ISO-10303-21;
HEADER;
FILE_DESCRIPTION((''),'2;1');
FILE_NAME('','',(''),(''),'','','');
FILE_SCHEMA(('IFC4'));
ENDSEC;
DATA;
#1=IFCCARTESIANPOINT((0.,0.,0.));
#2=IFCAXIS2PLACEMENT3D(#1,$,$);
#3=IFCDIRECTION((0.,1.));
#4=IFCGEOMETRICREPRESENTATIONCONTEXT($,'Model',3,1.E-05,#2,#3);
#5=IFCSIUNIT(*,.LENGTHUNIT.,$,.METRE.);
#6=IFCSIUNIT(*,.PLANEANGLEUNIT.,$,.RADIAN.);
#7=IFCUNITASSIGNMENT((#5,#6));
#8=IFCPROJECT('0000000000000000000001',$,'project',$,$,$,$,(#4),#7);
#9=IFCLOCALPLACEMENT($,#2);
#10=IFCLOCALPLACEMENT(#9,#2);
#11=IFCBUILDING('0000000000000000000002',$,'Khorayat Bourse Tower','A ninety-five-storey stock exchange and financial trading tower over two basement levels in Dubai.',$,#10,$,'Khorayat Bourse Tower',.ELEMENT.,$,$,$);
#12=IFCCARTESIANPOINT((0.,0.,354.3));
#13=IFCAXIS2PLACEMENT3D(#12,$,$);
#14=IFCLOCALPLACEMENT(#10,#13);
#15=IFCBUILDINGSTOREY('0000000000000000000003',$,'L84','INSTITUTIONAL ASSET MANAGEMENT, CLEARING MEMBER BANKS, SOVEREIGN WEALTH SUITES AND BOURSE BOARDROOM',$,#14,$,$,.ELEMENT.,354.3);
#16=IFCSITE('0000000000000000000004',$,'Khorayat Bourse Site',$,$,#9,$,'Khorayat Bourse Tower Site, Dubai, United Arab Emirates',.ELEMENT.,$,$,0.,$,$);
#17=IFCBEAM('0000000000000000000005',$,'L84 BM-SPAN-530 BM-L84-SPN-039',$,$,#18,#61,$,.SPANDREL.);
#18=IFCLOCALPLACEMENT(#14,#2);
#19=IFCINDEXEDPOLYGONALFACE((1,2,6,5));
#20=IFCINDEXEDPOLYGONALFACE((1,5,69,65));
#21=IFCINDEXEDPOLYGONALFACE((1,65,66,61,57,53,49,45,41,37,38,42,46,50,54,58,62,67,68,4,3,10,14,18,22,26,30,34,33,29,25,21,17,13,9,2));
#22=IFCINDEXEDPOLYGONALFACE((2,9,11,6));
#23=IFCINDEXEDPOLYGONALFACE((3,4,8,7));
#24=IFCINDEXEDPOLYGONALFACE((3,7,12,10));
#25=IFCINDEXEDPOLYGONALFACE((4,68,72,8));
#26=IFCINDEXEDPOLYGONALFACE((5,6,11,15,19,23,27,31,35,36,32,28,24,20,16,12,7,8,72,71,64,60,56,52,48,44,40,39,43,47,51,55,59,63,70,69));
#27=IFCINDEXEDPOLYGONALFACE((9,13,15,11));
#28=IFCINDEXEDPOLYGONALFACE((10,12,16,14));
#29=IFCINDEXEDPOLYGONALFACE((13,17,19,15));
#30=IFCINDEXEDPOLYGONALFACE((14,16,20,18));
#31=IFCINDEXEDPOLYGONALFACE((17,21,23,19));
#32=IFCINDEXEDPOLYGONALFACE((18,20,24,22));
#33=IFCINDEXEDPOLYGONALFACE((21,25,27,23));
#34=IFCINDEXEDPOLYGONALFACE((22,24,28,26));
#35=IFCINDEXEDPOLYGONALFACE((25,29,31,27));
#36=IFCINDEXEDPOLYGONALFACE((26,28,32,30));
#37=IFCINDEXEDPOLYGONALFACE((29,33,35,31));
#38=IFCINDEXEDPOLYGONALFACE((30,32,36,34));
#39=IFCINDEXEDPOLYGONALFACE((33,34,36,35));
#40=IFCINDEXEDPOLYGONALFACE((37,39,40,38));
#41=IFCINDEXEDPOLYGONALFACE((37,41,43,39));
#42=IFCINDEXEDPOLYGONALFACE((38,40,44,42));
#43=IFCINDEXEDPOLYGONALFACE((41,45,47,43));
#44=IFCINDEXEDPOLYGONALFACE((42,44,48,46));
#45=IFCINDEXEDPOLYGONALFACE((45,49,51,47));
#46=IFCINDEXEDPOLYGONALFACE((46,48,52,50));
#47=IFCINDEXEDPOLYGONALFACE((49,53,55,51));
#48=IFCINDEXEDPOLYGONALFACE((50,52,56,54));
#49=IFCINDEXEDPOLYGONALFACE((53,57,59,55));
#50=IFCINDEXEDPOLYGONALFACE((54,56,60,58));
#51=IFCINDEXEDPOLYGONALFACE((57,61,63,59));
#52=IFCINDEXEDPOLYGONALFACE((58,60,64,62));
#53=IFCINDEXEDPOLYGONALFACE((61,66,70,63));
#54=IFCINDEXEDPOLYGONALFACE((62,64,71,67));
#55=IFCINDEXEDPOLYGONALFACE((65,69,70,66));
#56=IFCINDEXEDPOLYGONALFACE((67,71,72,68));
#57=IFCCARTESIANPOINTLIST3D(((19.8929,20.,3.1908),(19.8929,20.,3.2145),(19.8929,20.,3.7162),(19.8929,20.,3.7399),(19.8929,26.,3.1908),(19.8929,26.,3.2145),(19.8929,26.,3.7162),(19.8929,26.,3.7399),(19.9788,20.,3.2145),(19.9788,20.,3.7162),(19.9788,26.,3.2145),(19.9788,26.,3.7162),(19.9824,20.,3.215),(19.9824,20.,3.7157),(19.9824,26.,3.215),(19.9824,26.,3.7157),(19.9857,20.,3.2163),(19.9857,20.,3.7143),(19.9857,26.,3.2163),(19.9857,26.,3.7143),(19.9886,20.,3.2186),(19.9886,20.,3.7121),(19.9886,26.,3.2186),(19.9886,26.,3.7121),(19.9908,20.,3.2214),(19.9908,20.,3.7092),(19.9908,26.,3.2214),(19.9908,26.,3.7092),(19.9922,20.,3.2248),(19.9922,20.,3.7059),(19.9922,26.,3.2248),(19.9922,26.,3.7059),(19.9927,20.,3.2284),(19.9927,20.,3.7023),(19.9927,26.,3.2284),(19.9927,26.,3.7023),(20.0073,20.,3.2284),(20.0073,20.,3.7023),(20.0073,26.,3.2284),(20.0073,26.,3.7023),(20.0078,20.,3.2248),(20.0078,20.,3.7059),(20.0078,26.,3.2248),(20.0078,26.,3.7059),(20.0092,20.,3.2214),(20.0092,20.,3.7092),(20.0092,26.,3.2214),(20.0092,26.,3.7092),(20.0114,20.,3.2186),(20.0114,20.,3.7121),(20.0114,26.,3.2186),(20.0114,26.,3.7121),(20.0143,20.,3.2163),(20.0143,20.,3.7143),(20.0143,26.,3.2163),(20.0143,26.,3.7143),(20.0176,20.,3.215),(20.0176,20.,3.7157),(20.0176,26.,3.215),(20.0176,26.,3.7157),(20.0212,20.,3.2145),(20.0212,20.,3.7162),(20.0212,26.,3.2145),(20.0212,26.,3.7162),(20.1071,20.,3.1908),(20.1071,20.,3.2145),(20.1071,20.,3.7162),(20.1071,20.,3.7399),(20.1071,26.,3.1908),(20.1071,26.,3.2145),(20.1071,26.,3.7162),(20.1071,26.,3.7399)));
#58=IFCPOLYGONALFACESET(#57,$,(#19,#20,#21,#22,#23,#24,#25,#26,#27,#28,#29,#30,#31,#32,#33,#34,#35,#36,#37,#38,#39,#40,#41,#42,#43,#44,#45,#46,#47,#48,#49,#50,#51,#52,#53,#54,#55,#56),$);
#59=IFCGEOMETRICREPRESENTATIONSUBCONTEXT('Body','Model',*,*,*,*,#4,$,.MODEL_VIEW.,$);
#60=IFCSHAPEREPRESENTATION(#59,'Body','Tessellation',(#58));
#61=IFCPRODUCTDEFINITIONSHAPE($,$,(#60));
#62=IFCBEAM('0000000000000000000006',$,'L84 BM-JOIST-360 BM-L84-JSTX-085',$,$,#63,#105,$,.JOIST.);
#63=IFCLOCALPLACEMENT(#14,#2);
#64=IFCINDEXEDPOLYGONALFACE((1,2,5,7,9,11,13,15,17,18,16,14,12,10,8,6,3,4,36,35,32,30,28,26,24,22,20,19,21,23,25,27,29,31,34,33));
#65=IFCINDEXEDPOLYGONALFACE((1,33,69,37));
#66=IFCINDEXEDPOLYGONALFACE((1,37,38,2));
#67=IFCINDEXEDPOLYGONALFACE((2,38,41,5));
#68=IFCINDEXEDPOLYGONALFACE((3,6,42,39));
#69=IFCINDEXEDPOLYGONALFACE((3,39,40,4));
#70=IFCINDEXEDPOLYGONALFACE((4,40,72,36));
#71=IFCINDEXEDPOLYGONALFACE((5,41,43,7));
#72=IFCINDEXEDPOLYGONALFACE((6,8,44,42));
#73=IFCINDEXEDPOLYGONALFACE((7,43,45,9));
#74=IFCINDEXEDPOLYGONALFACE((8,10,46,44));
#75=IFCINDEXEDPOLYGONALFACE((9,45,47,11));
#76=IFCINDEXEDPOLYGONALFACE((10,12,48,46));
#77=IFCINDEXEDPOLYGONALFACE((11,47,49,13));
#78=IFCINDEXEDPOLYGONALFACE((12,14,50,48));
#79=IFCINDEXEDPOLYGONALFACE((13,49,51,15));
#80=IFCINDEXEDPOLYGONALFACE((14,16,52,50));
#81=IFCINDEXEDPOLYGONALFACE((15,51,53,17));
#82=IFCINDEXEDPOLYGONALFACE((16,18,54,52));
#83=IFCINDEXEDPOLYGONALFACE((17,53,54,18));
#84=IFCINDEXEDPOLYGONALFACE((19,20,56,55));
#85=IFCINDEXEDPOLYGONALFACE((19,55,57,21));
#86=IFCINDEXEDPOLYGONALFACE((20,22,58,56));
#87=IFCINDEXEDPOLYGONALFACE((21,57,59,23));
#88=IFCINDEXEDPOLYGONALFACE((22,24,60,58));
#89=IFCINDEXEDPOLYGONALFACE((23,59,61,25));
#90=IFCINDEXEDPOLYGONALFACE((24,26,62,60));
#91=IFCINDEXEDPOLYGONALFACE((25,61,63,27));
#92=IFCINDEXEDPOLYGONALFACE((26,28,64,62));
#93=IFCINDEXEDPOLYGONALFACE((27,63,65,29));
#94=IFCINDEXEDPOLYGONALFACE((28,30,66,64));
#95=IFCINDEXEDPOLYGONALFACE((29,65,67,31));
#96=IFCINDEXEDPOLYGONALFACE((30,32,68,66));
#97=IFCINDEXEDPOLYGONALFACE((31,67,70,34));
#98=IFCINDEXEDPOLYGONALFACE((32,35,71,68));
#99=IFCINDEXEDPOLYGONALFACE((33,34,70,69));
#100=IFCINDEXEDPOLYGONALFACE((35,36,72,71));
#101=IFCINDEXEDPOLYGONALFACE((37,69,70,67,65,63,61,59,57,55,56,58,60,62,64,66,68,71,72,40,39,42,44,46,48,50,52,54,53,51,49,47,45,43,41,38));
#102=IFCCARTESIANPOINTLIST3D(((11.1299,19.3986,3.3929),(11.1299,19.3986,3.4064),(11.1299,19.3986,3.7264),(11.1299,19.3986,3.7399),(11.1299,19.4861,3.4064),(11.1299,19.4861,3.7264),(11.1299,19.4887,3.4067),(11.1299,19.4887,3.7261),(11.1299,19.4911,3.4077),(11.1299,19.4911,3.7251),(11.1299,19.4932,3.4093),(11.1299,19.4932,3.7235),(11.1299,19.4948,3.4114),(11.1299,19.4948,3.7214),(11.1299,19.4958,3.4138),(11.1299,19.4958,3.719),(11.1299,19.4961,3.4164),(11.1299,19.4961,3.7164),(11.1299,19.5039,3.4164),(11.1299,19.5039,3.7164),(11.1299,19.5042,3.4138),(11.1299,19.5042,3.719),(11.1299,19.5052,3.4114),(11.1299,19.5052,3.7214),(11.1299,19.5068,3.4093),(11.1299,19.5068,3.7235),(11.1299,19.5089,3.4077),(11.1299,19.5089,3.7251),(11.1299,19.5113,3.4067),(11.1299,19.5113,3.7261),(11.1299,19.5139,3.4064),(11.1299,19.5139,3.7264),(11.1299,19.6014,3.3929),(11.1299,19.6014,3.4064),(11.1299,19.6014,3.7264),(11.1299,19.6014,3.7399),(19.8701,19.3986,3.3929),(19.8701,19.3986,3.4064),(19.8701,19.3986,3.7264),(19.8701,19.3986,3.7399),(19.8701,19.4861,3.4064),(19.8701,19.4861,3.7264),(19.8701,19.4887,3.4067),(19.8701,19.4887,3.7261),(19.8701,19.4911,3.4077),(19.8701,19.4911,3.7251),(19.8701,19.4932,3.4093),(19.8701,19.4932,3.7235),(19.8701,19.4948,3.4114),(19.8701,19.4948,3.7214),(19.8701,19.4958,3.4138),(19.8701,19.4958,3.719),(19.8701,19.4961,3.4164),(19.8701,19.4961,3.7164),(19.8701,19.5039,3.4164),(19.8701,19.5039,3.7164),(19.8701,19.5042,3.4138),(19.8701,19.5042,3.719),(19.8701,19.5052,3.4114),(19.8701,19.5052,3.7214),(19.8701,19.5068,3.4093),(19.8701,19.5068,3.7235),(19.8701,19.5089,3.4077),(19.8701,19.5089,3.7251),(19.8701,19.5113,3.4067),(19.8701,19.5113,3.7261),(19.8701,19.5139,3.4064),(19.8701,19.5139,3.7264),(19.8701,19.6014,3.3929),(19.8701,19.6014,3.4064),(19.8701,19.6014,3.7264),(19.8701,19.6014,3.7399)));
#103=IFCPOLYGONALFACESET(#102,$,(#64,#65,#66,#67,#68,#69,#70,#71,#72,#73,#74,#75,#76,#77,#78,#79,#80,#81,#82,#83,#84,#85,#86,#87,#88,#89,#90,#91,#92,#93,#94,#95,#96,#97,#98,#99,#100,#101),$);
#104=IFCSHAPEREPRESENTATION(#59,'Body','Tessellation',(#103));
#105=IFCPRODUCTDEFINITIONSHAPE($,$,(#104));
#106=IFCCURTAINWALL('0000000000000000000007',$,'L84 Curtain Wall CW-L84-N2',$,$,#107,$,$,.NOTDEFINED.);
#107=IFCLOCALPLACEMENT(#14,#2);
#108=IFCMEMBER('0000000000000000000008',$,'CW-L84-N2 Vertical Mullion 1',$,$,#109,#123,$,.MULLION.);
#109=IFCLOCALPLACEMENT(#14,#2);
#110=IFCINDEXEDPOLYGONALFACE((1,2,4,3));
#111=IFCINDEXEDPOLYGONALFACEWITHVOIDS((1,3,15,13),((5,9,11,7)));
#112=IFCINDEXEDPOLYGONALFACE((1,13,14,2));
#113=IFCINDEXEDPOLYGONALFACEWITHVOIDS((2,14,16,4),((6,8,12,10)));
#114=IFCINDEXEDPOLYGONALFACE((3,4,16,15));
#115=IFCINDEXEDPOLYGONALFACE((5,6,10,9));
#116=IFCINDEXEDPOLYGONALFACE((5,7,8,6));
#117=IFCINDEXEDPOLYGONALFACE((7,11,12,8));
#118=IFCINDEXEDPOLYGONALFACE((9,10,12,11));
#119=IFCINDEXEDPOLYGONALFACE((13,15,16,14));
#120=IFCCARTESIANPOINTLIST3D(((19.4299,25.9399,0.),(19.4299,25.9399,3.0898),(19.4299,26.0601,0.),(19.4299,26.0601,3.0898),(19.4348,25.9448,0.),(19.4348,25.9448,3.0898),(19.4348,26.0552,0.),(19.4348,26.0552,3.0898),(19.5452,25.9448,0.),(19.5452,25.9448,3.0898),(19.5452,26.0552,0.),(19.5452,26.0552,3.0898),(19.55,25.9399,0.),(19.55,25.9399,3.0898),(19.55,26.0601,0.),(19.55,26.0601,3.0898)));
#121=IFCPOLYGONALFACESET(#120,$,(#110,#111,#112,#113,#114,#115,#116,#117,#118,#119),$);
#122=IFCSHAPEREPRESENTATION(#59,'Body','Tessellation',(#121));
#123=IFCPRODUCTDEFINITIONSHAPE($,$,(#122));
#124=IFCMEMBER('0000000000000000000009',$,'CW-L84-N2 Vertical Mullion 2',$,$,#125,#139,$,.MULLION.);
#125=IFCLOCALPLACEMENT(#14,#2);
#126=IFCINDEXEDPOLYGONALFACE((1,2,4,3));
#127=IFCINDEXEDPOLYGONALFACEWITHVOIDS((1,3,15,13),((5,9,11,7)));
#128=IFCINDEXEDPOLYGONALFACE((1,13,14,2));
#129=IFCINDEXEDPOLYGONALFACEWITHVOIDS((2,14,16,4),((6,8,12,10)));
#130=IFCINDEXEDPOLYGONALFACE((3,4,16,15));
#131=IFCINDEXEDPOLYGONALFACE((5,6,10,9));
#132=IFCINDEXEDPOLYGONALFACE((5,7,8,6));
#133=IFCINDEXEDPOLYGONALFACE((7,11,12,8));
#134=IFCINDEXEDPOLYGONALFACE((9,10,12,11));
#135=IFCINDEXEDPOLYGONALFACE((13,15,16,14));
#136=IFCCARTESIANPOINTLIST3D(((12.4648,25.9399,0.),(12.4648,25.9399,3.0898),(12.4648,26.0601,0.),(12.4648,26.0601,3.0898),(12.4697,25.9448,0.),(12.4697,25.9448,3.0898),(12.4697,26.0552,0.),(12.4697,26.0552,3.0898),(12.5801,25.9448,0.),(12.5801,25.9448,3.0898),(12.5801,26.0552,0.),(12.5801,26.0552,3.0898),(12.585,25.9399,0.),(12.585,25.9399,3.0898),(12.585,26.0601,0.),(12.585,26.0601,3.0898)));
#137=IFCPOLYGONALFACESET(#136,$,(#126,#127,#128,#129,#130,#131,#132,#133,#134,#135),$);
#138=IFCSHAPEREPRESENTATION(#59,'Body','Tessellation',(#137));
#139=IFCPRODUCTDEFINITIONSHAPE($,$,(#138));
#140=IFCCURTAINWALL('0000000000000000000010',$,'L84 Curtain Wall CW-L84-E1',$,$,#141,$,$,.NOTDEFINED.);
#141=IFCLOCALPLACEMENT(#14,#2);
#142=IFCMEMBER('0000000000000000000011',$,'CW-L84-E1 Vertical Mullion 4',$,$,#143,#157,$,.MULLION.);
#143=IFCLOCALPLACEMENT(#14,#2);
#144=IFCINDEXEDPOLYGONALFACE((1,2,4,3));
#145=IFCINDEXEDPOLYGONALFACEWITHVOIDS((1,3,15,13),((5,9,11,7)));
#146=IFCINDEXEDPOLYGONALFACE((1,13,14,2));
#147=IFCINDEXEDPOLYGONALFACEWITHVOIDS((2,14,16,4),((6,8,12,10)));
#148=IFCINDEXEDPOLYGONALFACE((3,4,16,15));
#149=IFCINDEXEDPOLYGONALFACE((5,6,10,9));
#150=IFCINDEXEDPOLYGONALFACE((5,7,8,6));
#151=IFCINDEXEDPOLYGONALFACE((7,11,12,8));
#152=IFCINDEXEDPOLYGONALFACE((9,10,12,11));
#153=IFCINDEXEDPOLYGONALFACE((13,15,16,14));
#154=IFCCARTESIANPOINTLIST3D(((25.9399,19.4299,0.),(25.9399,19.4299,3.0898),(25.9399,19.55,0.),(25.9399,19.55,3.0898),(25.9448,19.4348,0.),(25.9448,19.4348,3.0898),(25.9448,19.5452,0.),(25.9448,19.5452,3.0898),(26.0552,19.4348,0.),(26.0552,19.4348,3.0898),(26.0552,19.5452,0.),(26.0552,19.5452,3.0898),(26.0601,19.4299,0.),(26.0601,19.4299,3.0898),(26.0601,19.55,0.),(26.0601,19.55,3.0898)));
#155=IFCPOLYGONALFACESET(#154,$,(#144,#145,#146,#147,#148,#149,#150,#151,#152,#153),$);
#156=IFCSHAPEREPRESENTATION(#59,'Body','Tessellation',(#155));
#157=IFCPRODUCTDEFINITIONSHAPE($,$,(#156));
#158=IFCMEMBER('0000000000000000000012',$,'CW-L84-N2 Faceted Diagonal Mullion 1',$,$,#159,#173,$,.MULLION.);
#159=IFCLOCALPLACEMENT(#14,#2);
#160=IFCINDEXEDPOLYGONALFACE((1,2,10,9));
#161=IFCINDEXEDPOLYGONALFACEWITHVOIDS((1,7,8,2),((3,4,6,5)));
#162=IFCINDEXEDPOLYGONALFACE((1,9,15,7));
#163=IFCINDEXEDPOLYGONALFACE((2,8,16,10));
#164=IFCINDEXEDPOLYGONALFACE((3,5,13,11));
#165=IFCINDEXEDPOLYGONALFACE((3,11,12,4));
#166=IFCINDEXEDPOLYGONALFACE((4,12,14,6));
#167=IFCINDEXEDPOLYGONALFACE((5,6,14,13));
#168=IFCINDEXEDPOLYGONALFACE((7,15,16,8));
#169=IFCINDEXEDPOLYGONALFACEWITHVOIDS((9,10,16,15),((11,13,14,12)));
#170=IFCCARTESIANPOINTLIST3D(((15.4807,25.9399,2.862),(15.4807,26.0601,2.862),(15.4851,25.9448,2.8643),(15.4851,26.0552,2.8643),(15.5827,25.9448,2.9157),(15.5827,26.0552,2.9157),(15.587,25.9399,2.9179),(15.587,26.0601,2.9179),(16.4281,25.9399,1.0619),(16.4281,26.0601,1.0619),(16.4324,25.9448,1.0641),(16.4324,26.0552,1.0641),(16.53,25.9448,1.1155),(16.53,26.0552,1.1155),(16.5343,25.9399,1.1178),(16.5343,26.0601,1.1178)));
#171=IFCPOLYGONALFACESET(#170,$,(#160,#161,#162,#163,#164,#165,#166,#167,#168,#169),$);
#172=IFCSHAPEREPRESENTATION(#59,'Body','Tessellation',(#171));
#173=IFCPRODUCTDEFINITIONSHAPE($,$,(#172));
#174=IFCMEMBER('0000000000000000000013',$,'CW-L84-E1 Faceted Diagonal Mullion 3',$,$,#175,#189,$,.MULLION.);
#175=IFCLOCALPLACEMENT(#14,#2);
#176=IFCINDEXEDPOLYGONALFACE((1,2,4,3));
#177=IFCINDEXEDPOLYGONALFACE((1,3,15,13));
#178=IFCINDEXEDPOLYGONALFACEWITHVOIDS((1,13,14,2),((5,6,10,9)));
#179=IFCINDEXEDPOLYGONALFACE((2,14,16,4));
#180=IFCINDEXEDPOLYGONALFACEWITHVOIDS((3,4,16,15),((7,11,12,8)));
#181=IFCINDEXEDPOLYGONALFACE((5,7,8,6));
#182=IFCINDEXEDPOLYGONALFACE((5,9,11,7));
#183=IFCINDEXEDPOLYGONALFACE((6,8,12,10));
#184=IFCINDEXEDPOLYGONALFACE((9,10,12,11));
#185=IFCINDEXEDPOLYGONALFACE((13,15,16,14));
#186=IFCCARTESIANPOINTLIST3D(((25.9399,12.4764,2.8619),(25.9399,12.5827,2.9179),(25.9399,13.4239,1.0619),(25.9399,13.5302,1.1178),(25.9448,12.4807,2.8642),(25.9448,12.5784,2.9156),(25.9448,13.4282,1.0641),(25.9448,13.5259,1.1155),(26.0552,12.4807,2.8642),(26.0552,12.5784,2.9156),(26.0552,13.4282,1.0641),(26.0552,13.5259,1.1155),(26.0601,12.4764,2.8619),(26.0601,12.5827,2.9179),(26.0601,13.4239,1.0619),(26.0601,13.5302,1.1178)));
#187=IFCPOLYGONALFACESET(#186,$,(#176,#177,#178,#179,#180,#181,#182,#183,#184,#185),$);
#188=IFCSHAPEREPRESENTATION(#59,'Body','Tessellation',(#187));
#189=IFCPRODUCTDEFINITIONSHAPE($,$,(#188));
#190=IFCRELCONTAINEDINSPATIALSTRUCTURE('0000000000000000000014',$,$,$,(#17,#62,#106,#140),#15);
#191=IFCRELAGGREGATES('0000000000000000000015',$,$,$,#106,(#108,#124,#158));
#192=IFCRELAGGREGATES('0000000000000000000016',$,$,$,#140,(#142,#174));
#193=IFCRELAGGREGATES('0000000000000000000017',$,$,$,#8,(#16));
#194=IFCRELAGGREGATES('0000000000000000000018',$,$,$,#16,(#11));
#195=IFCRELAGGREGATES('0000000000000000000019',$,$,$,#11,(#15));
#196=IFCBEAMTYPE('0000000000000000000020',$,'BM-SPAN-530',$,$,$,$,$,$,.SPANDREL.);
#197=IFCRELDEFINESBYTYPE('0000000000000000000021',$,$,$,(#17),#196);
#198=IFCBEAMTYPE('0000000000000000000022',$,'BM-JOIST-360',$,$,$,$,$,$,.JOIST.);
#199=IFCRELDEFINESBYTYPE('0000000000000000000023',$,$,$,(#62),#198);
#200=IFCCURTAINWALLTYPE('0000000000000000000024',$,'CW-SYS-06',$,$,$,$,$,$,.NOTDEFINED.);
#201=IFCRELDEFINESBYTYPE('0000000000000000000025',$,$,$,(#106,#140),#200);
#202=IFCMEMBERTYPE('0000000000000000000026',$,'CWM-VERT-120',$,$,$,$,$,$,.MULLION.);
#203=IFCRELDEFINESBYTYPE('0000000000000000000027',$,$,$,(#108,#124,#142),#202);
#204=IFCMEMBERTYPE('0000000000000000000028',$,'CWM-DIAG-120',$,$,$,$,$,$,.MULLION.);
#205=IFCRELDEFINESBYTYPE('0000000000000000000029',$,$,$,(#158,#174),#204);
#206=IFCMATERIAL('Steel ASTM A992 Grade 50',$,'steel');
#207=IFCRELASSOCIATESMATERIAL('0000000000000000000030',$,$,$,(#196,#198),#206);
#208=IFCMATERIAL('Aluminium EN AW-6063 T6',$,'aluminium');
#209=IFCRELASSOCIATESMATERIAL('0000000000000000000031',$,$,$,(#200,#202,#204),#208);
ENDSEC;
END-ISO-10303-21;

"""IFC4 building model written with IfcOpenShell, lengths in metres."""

from ifc_helpers import new_model, si_unit, direction, frame, origin, origin_2d, place, context, subcontext, project, spatial, hollow_rectangle, i_section, extrude, source, transform, mapped, material, material_profile, profile_set, type_object, element, aggregate, save


model = new_model("IFC4")

# Units and contexts
model_context = context("Model", 3, precision=1e-05, world=origin(), true_north=direction((0.0, 1.0)))
body_context = subcontext(model_context, "Body", "Model", "MODEL_VIEW")
ifc_project = project(units=[si_unit("LENGTHUNIT", "METRE"), si_unit("PLANEANGLEUNIT", "RADIAN")], contexts=[model_context])

# Site, building, storey
site_placement = place(None, origin())
site = spatial("IfcSite", under=ifc_project, at=site_placement, Name="Khorayat Bourse Site", LongName="Khorayat Bourse Tower Site, Dubai, United Arab Emirates", CompositionType="ELEMENT", RefElevation=0.0)
building_placement = place(site_placement, origin())
building = spatial("IfcBuilding", under=site, at=building_placement, Name="Khorayat Bourse Tower", Description="A ninety-five-storey stock exchange and financial trading tower over two basement levels in Dubai.", LongName="Khorayat Bourse Tower", CompositionType="ELEMENT")
storey_placement = place(building_placement, frame((0.0, 0.0, 354.3)))
storey = spatial("IfcBuildingStorey", under=building, at=storey_placement, Name="L84", Description="INSTITUTIONAL ASSET MANAGEMENT, CLEARING MEMBER BANKS, SOVEREIGN WEALTH SUITES AND BOURSE BOARDROOM", CompositionType="ELEMENT", Elevation=354.3)

# Beams
ifc_material_1 = material(Name="Steel ASTM A992 Grade 50", Category="steel")
ifc_material_profile_1 = material_profile(ifc_material_1, i_section(OverallWidth=0.2141, OverallDepth=0.5491, WebThickness=0.0146, FlangeThickness=0.0237, FilletRadius=0.0139, at=origin_2d()), Name="W530X138")
ifc_profile_set_1 = profile_set([ifc_material_profile_1], Name="Steel ASTM A992 Grade 50")
beam_type_1 = type_object("IfcBeamType", Name="BM-SPAN-530", PredefinedType="SPANDREL", material=ifc_profile_set_1)
shared_shape_1 = source(origin(), body_context, "Body", "SweptSolid", [
    extrude(i_section(OverallWidth=0.2141, OverallDepth=0.5491, WebThickness=0.0146, FlangeThickness=0.0237, FilletRadius=0.0139, at=origin_2d()), origin(), (0.0, 0.0, 1.0), 6.0),
])
for number, where, z_axis, x_axis, name in (
    (1, (20.0, 20.0, 3.4653), (0.0, 1.0, 0.0), (-1.0, 0.0, 0.0), "L84 BM-SPAN-530 BM-L84-SPN-039"),
):
    element("IfcBeam", number, at=place(storey_placement, frame(where, z_axis=z_axis, x_axis=x_axis)), inside=storey, type_object=beam_type_1, Name=name, PredefinedType="SPANDREL", context=body_context, shape_type="MappedRepresentation", body=[
        mapped(shared_shape_1, transform((0.0, 0.0, 0.0), scale=1.0)),
    ])
ifc_material_profile_2 = material_profile(ifc_material_1, i_section(OverallWidth=0.2029, OverallDepth=0.3469, WebThickness=0.0078, FlangeThickness=0.0134, FilletRadius=0.01, at=origin_2d()), Name="W360X64")
ifc_profile_set_2 = profile_set([ifc_material_profile_2], Name="Steel ASTM A992 Grade 50")
beam_type_2 = type_object("IfcBeamType", Name="BM-JOIST-360", PredefinedType="JOIST", material=ifc_profile_set_2)
shared_shape_2 = source(origin(), body_context, "Body", "SweptSolid", [
    extrude(i_section(OverallWidth=0.2029, OverallDepth=0.3469, WebThickness=0.0078, FlangeThickness=0.0134, FilletRadius=0.01, at=origin_2d()), origin(), (0.0, 0.0, 1.0), 8.7402),
])
beam_1_placement = place(storey_placement, frame((11.1299, 19.5, 3.5664), z_axis=(1.0, 0.0, 0.0), x_axis=(0.0, 1.0, 0.0)))
element("IfcBeam", 2, at=beam_1_placement, inside=storey, type_object=beam_type_2, Name="L84 BM-JOIST-360 BM-L84-JSTX-085", PredefinedType="JOIST", context=body_context, shape_type="MappedRepresentation", body=[
    mapped(shared_shape_2, transform((0.0, 0.0, 0.0), scale=1.0)),
])

# Curtain wall, members
ifc_material_2 = material(Name="Aluminium EN AW-6063 T6", Category="aluminium")
curtain_wall_type = type_object("IfcCurtainWallType", Name="CW-SYS-06", PredefinedType="NOTDEFINED", material=ifc_material_2)
curtain_wall_1_placement = place(storey_placement, origin())
curtain_wall_1 = element("IfcCurtainWall", 3, at=curtain_wall_1_placement, inside=storey, type_object=curtain_wall_type, Name="L84 Curtain Wall CW-L84-N2", PredefinedType="NOTDEFINED")
ifc_material_profile_3 = material_profile(ifc_material_2, hollow_rectangle(XDim=0.1201, YDim=0.1201, WallThickness=0.0049, at=origin_2d()), Name="ALU 120x120x5")
ifc_profile_set_3 = profile_set([ifc_material_profile_3], Name="Aluminium EN AW-6063 T6")
member_type_1 = type_object("IfcMemberType", Name="CWM-VERT-120", PredefinedType="MULLION", material=ifc_profile_set_3)
shared_shape_3 = source(origin(), body_context, "Body", "SweptSolid", [
    extrude(hollow_rectangle(XDim=0.1201, YDim=0.1201, WallThickness=0.0049, at=origin_2d()), origin(), (0.0, 0.0, 1.0), 3.0898),
])
member_1_placement = place(storey_placement, frame((19.49, 26.0, 0.0), z_axis=(0.0, 0.0, 1.0), x_axis=(0.0, -1.0, 0.0)))
member_1 = element("IfcMember", 4, at=member_1_placement, type_object=member_type_1, Name="CW-L84-N2 Vertical Mullion 1", PredefinedType="MULLION", context=body_context, shape_type="MappedRepresentation", body=[
    mapped(shared_shape_3, transform((0.0, 0.0, 0.0), scale=1.0)),
])
member_2_placement = place(storey_placement, frame((12.5249, 26.0, 0.0), z_axis=(0.0, 0.0, 1.0), x_axis=(0.0, -1.0, 0.0)))
member_2 = element("IfcMember", 5, at=member_2_placement, type_object=member_type_1, Name="CW-L84-N2 Vertical Mullion 2", PredefinedType="MULLION", context=body_context, shape_type="MappedRepresentation", body=[
    mapped(shared_shape_3, transform((0.0, 0.0, 0.0), scale=1.0)),
])

# Curtain wall, member
curtain_wall_2_placement = place(storey_placement, origin())
curtain_wall_2 = element("IfcCurtainWall", 6, at=curtain_wall_2_placement, inside=storey, type_object=curtain_wall_type, Name="L84 Curtain Wall CW-L84-E1", PredefinedType="NOTDEFINED")
member_3_placement = place(storey_placement, frame((26.0, 19.49, 0.0), z_axis=(0.0, 0.0, 1.0), x_axis=(-1.0, 0.0, 0.0)))
member_3 = element("IfcMember", 7, at=member_3_placement, type_object=member_type_1, Name="CW-L84-E1 Vertical Mullion 4", PredefinedType="MULLION", context=body_context, shape_type="MappedRepresentation", body=[
    mapped(shared_shape_3, transform((0.0, 0.0, 0.0), scale=1.0)),
])

# Members
ifc_material_profile_4 = material_profile(ifc_material_2, hollow_rectangle(XDim=0.1201, YDim=0.1201, WallThickness=0.0049, at=origin_2d()), Name="ALU 120x120x5")
ifc_profile_set_4 = profile_set([ifc_material_profile_4], Name="Aluminium EN AW-6063 T6")
member_type_2 = type_object("IfcMemberType", Name="CWM-DIAG-120", PredefinedType="MULLION", material=ifc_profile_set_4)
shared_shape_4 = source(origin(), body_context, "Body", "SweptSolid", [
    extrude(hollow_rectangle(XDim=0.1201, YDim=0.1201, WallThickness=0.0049, at=origin_2d()), origin(), (0.0, 0.0, 1.0), 2.0342),
])
member_4_placement = place(storey_placement, frame((16.4812, 26.0, 1.0898), z_axis=(-0.465697, 0.0, 0.884944), x_axis=(0.0, -1.0, 0.0)))
member_4 = element("IfcMember", 8, at=member_4_placement, type_object=member_type_2, Name="CW-L84-N2 Faceted Diagonal Mullion 1", PredefinedType="MULLION", context=body_context, shape_type="MappedRepresentation", body=[
    mapped(shared_shape_4, transform((0.0, 0.0, 0.0), scale=1.0)),
])
member_5_placement = place(storey_placement, frame((26.0, 13.4771, 1.0898), z_axis=(0.0, -0.465791, 0.884895), x_axis=(1.0, 0.0, 0.0)))
member_5 = element("IfcMember", 9, at=member_5_placement, type_object=member_type_2, Name="CW-L84-E1 Faceted Diagonal Mullion 3", PredefinedType="MULLION", context=body_context, shape_type="MappedRepresentation", body=[
    mapped(shared_shape_4, transform((0.0, 0.0, 0.0), scale=1.0)),
])

aggregate(curtain_wall_1, [member_1, member_2, member_4])
aggregate(curtain_wall_2, [member_3, member_5])

save(model, "model.ifc")
